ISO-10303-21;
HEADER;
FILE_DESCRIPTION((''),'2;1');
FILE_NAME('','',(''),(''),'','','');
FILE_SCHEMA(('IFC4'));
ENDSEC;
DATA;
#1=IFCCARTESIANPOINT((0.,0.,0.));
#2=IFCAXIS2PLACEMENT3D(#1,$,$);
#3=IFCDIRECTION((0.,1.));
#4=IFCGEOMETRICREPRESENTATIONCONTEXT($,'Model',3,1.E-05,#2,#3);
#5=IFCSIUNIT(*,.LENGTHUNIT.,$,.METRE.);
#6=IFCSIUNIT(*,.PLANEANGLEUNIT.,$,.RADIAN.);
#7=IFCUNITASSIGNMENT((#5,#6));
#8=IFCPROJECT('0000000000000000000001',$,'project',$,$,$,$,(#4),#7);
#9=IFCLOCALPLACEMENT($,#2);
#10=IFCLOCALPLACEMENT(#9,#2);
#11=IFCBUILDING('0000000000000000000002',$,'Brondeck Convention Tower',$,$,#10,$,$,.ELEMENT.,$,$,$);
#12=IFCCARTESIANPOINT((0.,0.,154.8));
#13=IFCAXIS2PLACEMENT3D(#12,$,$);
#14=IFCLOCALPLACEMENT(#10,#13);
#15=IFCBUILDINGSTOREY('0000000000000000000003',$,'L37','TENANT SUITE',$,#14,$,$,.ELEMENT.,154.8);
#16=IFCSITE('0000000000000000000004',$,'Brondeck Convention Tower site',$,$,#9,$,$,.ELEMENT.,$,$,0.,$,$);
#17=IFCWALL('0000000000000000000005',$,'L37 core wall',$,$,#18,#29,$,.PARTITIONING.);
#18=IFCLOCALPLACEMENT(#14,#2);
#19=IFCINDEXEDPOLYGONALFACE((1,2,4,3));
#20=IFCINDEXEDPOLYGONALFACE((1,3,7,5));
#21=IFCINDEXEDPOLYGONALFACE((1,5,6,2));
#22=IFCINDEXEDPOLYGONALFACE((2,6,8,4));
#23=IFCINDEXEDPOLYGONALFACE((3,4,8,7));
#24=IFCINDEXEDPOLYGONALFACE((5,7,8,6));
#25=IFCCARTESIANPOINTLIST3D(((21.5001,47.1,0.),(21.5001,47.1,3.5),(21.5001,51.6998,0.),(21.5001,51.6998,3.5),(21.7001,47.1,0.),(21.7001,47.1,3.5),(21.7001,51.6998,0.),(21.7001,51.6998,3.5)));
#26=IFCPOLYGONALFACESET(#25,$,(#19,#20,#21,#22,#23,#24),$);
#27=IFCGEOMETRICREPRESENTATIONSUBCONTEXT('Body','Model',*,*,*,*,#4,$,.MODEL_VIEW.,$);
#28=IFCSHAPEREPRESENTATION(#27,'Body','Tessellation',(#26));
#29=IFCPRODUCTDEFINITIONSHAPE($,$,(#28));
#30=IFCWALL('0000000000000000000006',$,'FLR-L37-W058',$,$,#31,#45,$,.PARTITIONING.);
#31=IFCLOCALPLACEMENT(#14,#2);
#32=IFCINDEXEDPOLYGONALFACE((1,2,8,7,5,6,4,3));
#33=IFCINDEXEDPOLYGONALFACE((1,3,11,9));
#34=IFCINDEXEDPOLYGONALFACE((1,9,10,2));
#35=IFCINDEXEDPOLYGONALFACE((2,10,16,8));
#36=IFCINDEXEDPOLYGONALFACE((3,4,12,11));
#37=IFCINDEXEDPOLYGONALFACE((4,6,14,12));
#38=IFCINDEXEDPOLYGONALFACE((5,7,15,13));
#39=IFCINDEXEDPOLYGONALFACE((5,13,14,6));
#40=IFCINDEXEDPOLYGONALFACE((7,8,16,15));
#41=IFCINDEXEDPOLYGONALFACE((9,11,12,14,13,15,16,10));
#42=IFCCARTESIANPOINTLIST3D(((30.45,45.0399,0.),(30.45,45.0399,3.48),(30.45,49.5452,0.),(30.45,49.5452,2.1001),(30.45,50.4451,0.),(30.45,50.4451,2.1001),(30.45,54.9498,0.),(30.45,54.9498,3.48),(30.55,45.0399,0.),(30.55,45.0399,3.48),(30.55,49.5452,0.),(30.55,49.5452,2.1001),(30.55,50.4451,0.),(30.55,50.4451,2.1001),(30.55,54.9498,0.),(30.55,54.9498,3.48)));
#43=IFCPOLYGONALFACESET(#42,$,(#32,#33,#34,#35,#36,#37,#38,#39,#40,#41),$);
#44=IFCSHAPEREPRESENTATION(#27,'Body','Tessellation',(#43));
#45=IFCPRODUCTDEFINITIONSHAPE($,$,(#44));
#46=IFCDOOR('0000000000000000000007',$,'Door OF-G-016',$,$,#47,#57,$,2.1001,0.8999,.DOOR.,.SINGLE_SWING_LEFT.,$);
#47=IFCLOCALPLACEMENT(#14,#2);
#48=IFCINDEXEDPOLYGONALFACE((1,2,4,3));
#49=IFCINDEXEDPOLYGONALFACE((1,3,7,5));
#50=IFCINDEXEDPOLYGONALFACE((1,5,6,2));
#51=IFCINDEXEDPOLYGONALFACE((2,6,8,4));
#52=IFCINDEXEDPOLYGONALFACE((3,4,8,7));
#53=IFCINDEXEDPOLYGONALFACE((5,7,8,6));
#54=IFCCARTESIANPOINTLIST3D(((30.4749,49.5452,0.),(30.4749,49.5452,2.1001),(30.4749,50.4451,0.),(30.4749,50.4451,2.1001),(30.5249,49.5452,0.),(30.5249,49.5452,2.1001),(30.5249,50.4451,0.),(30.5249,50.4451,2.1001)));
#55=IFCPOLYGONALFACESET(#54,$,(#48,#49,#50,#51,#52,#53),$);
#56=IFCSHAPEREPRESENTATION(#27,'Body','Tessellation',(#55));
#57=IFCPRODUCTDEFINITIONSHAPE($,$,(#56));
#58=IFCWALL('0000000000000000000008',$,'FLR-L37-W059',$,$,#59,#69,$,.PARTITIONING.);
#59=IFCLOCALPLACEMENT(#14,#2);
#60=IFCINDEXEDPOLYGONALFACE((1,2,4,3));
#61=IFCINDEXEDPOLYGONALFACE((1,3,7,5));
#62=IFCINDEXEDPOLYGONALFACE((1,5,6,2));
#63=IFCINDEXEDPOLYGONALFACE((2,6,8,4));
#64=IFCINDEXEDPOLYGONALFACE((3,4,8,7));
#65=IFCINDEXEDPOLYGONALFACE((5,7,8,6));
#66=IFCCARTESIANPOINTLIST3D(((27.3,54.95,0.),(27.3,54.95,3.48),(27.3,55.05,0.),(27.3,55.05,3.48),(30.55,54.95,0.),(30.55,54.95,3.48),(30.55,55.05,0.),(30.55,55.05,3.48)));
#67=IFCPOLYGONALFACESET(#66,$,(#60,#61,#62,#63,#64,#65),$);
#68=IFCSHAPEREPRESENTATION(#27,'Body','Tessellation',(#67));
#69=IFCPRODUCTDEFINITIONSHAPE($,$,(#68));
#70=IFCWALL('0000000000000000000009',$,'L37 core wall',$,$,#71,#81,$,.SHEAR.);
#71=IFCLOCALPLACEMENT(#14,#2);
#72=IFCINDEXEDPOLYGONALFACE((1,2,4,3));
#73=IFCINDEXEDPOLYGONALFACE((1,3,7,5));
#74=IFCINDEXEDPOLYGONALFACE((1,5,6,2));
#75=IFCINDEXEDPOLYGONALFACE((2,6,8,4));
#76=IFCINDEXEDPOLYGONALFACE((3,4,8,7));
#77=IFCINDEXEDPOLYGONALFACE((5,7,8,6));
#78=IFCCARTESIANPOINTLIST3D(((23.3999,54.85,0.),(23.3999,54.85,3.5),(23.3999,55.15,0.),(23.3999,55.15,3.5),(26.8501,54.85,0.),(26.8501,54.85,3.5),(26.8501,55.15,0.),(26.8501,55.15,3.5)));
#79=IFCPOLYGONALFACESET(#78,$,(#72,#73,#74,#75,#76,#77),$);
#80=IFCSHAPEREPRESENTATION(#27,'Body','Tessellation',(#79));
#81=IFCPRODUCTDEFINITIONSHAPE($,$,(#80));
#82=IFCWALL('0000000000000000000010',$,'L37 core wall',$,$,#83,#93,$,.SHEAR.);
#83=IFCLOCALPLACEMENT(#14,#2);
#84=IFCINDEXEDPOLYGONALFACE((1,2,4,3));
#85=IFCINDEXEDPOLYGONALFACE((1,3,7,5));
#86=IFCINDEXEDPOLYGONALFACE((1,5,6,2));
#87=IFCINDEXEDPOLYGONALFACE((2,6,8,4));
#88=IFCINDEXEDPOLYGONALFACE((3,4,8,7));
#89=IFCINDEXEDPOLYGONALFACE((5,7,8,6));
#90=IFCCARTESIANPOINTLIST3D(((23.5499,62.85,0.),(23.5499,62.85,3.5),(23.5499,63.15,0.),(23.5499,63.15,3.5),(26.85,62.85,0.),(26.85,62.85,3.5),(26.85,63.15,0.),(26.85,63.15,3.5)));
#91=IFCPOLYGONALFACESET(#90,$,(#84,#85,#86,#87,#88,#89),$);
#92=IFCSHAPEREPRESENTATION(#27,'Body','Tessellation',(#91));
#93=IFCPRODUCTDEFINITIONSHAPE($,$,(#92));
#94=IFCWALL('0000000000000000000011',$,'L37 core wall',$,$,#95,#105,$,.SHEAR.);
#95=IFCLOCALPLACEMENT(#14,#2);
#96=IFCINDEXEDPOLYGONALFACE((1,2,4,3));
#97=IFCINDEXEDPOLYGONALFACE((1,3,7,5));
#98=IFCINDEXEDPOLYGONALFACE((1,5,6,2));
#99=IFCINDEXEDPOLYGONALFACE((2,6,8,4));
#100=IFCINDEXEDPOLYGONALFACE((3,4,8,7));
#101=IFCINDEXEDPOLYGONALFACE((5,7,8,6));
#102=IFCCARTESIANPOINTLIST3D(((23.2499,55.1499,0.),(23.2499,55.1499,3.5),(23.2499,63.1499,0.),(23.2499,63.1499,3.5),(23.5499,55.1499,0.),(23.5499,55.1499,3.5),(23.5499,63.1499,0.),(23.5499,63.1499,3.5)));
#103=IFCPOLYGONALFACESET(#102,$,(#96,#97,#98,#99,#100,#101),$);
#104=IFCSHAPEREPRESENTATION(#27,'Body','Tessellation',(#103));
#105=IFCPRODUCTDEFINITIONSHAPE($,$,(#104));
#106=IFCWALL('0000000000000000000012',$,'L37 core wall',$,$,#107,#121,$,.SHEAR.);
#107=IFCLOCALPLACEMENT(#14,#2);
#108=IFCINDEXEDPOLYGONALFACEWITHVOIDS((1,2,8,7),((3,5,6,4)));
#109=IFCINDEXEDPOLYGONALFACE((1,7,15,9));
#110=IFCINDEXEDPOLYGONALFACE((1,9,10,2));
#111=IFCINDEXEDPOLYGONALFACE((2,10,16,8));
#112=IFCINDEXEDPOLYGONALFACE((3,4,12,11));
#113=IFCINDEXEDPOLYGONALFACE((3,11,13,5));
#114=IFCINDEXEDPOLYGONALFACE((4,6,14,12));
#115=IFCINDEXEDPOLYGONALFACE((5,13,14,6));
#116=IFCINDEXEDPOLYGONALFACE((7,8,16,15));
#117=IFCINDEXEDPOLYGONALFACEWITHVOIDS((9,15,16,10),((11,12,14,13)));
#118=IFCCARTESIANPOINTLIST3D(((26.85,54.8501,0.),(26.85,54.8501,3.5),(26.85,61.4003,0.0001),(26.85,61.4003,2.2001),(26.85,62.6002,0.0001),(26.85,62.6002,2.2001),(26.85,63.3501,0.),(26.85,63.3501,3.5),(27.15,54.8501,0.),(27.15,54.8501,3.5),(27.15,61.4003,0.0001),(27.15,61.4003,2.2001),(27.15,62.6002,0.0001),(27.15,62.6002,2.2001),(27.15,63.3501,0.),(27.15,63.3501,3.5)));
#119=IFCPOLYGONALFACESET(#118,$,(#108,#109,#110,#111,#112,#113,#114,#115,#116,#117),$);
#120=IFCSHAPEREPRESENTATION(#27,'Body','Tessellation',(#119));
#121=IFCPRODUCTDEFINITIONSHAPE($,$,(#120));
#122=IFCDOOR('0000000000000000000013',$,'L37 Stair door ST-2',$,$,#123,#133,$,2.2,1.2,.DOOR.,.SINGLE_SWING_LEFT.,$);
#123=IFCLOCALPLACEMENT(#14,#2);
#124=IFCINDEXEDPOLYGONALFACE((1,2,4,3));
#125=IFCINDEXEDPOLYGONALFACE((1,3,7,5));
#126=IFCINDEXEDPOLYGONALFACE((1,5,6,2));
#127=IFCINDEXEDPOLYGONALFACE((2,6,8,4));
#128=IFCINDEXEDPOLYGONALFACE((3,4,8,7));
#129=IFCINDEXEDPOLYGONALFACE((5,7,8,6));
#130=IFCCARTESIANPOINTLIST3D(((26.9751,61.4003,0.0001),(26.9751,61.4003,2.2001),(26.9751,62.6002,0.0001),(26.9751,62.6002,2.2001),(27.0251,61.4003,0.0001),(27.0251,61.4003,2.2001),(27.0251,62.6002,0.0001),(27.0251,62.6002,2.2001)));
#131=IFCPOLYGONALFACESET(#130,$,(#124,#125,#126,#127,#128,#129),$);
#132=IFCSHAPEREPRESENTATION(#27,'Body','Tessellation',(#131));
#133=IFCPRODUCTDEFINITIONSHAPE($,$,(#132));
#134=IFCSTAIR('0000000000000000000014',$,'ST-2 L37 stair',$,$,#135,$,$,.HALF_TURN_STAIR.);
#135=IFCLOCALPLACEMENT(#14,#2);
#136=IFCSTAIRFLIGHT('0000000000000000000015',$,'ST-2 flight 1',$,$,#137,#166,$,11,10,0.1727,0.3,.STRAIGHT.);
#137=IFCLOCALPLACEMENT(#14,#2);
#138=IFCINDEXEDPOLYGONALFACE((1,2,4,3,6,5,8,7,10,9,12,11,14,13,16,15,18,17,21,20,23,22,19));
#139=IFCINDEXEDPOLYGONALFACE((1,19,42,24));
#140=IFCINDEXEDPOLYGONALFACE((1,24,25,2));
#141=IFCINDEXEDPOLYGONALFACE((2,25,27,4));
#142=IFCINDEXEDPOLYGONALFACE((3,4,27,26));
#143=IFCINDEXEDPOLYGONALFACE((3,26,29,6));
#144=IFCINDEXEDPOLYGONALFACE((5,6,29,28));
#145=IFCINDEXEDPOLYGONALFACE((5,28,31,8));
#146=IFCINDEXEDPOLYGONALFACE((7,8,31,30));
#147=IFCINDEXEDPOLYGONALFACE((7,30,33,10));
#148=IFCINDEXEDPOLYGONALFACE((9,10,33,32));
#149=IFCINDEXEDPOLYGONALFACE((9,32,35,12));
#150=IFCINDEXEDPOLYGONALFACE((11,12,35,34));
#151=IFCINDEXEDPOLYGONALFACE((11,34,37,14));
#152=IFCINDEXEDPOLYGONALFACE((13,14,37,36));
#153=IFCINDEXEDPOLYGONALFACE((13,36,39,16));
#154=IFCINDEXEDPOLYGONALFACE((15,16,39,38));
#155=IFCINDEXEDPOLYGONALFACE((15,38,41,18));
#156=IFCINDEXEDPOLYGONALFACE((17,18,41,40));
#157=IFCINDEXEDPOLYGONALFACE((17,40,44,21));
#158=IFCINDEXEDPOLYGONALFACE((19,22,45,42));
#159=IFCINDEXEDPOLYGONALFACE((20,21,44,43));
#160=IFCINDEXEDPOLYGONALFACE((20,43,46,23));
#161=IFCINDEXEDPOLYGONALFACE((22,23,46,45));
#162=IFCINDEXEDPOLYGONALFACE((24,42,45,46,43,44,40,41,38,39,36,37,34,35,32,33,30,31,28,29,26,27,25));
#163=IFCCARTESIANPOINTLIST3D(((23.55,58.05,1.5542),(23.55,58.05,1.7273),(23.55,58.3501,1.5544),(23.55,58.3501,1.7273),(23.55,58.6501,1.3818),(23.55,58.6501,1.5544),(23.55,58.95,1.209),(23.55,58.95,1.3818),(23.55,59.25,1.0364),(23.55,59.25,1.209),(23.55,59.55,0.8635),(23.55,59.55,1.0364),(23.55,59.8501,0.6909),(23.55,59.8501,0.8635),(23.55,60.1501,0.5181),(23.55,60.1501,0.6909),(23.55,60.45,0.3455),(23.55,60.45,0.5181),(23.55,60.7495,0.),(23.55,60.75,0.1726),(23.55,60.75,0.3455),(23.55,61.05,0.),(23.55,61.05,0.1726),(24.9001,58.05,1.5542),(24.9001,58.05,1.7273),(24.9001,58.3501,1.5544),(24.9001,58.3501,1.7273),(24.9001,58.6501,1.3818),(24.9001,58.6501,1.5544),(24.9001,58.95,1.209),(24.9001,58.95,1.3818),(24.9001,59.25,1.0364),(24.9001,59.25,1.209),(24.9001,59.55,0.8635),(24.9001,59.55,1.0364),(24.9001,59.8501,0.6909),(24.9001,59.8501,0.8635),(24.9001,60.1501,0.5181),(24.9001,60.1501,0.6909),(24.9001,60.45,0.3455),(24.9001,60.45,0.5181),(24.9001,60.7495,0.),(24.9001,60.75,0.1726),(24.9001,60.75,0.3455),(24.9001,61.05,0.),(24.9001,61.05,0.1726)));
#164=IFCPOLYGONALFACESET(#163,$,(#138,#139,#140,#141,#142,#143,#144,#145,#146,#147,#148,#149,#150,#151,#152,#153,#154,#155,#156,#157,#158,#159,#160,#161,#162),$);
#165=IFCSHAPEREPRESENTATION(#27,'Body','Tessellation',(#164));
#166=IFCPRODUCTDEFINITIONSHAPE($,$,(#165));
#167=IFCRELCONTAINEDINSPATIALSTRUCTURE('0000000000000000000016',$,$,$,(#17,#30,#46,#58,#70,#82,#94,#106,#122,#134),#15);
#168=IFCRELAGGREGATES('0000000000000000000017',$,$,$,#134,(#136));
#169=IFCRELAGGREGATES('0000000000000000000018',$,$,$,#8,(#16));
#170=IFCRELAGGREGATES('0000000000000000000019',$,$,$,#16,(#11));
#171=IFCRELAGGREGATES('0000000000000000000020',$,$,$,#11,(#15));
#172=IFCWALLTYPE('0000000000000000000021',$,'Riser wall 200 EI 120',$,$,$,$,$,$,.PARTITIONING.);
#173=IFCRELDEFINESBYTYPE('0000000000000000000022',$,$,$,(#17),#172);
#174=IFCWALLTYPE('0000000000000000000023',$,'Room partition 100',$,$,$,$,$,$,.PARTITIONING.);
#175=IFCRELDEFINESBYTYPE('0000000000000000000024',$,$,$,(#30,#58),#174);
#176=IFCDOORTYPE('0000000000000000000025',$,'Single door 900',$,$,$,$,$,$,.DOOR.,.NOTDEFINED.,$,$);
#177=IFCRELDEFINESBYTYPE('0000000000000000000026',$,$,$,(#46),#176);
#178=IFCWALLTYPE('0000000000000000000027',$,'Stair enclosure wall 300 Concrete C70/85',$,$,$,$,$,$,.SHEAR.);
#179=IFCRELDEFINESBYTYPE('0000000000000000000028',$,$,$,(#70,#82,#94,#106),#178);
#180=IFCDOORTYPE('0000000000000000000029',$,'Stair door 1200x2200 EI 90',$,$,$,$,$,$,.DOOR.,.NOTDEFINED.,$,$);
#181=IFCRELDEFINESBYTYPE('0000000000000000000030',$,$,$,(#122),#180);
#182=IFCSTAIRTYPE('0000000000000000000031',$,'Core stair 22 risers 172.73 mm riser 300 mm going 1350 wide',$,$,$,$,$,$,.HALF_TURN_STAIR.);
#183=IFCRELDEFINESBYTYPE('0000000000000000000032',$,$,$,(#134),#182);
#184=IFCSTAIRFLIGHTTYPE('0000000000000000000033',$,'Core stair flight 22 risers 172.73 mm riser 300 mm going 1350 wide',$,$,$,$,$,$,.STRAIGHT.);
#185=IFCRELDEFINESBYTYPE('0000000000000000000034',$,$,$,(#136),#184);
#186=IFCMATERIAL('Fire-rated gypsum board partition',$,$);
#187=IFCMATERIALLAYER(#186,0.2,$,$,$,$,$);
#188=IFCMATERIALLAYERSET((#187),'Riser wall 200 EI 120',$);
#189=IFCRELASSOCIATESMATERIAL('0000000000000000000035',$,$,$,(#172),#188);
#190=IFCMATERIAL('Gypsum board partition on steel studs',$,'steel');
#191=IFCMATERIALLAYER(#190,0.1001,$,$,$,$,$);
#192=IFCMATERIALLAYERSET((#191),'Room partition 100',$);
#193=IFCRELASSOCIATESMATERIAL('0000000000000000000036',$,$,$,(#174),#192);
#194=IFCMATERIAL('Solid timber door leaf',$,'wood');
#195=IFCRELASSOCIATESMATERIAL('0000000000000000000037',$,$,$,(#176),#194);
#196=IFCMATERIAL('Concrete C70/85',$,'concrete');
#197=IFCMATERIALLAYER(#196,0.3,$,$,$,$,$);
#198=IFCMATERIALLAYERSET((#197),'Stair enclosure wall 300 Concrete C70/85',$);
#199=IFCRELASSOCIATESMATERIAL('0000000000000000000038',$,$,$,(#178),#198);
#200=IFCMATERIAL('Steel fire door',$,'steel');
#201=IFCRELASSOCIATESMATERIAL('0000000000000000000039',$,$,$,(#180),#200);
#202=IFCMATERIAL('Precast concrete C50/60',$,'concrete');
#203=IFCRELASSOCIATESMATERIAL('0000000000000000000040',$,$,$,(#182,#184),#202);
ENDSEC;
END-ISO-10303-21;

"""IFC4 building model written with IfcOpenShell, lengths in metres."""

from ifc_helpers import new_model, si_unit, direction, frame, frame_2d, origin, place, context, subcontext, project, spatial, polyline, rectangle, outline, extrude, material, layer, layer_set, type_object, element, fill, aggregate, save


model = new_model("IFC4")

# Units and contexts
model_context = context("Model", 3, precision=1e-05, world=origin(), true_north=direction((0.0, 1.0)))
body_context = subcontext(model_context, "Body", "Model", "MODEL_VIEW")
ifc_project = project(units=[si_unit("LENGTHUNIT", "METRE"), si_unit("PLANEANGLEUNIT", "RADIAN")], contexts=[model_context])

# Site, building, storey
site_placement = place(None, origin())
site = spatial("IfcSite", under=ifc_project, at=site_placement, Name="Brondeck Convention Tower site", CompositionType="ELEMENT", RefElevation=0.0)
building_placement = place(site_placement, origin())
building = spatial("IfcBuilding", under=site, at=building_placement, Name="Brondeck Convention Tower", CompositionType="ELEMENT")
storey_placement = place(building_placement, frame((0.0, 0.0, 154.8)))
storey = spatial("IfcBuildingStorey", under=building, at=storey_placement, Name="L37", Description="TENANT SUITE", CompositionType="ELEMENT", Elevation=154.8)

# Shared definitions
ifc_material_1 = material(Name="Concrete C70/85", Category="concrete")

# Shared definitions
ifc_material_2 = material(Name="Fire-rated gypsum board partition")
ifc_layer_1 = layer(ifc_material_2, 0.2)
ifc_layer_set_1 = layer_set([ifc_layer_1], Name="Riser wall 200 EI 120")
wall_type_1 = type_object("IfcWallType", Name="Riser wall 200 EI 120", PredefinedType="PARTITIONING", material=ifc_layer_set_1)
ifc_material_3 = material(Name="Steel fire door", Category="steel")

# Wall
wall_1_placement = place(storey_placement, frame((21.6001, 47.1001, 0.0), z_axis=(0.0, 0.0, 1.0), x_axis=(0.0, 1.0, 0.0)))
element("IfcWall", 1, at=wall_1_placement, inside=storey, type_object=wall_type_1, Name="L37 core wall", PredefinedType="PARTITIONING", context=body_context, shape_type="SweptSolid", body=[
    extrude(rectangle(XDim=4.5999, YDim=0.2, at=frame_2d((2.2998, 0.0))), origin(), (0.0, 0.0, 1.0), 3.5),
])

# Wall, opening, door
ifc_material_4 = material(Name="Gypsum board partition on steel studs", Category="steel")
ifc_layer_2 = layer(ifc_material_4, 0.1001)
ifc_layer_set_2 = layer_set([ifc_layer_2], Name="Room partition 100")
wall_type_2 = type_object("IfcWallType", Name="Room partition 100", PredefinedType="PARTITIONING", material=ifc_layer_set_2)
wall_2_placement = place(storey_placement, frame((30.5, 54.95, 0.0), z_axis=(0.0, 0.0, 1.0), x_axis=(0.0, -1.0, 0.0)))
wall_2 = element("IfcWall", 2, at=wall_2_placement, inside=storey, type_object=wall_type_2, Name="FLR-L37-W058", PredefinedType="PARTITIONING", context=body_context, shape_type="SweptSolid", body=[
    extrude(rectangle(XDim=9.9099, YDim=0.1001, at=frame_2d((4.9551, 0.0))), origin(), (0.0, 0.0, 1.0), 3.48),
])
opening_1_placement = place(wall_2_placement, frame((4.5049, 0.0, 0.0)))
opening_1 = element("IfcOpeningElement", 3, at=opening_1_placement, cuts=wall_2, PredefinedType="OPENING", context=body_context, shape_type="SweptSolid", body=[
    extrude(rectangle(XDim=0.8999, YDim=2.1001, at=frame_2d((0.45, 1.05))), frame((0.0, 0.0601, 0.0), z_axis=(0.0, -1.0, 0.0), x_axis=(1.0, 0.0, 0.0)), (0.0, 0.0, 1.0), 0.1201),
])
ifc_material_5 = material(Name="Solid timber door leaf", Category="wood")
door_type_1 = type_object("IfcDoorType", Name="Single door 900", OperationType="NOTDEFINED", PredefinedType="DOOR", material=ifc_material_5)
door_1_placement = place(opening_1_placement, origin())
door_1 = element("IfcDoor", 4, at=door_1_placement, inside=storey, type_object=door_type_1, Name="Door OF-G-016", OperationType="SINGLE_SWING_LEFT", OverallHeight=2.1001, OverallWidth=0.8999, PredefinedType="DOOR", context=body_context, shape_type="SweptSolid", body=[
    extrude(rectangle(XDim=0.8999, YDim=2.1001, at=frame_2d((0.45, 1.05))), frame((0.0, 0.0249, 0.0), z_axis=(0.0, -1.0, 0.0), x_axis=(1.0, 0.0, 0.0)), (0.0, 0.0, 1.0), 0.05),
])
fill(opening_1, door_1)

# Walls
wall_3_placement = place(storey_placement, frame((27.3, 55.0, 0.0), z_axis=(0.0, 0.0, 1.0), x_axis=(1.0, 0.0, 0.0)))
element("IfcWall", 5, at=wall_3_placement, inside=storey, type_object=wall_type_2, Name="FLR-L37-W059", PredefinedType="PARTITIONING", context=body_context, shape_type="SweptSolid", body=[
    extrude(rectangle(XDim=3.25, YDim=0.1001, at=frame_2d((1.625, 0.0))), origin(), (0.0, 0.0, 1.0), 3.48),
])
ifc_layer_3 = layer(ifc_material_1, 0.3)
ifc_layer_set_3 = layer_set([ifc_layer_3], Name="Stair enclosure wall 300 Concrete C70/85")
wall_type_3 = type_object("IfcWallType", Name="Stair enclosure wall 300 Concrete C70/85", PredefinedType="SHEAR", material=ifc_layer_set_3)
wall_4_placement = place(storey_placement, frame((23.3999, 55.0, 0.0), z_axis=(0.0, 0.0, 1.0), x_axis=(1.0, 0.0, 0.0)))
element("IfcWall", 6, at=wall_4_placement, inside=storey, type_object=wall_type_3, Name="L37 core wall", PredefinedType="SHEAR", context=body_context, shape_type="SweptSolid", body=[
    extrude(rectangle(XDim=3.4502, YDim=0.3, at=frame_2d((1.7251, 0.0))), origin(), (0.0, 0.0, 1.0), 3.5),
])
wall_5_placement = place(storey_placement, frame((23.55, 63.0, 0.0), z_axis=(0.0, 0.0, 1.0), x_axis=(1.0, 0.0, 0.0)))
element("IfcWall", 7, at=wall_5_placement, inside=storey, type_object=wall_type_3, Name="L37 core wall", PredefinedType="SHEAR", context=body_context, shape_type="SweptSolid", body=[
    extrude(rectangle(XDim=3.3, YDim=0.3, at=frame_2d((1.6499, 0.0))), origin(), (0.0, 0.0, 1.0), 3.5),
])
wall_6_placement = place(storey_placement, frame((23.3999, 55.1499, 0.0), z_axis=(0.0, 0.0, 1.0), x_axis=(0.0, 1.0, 0.0)))
element("IfcWall", 8, at=wall_6_placement, inside=storey, type_object=wall_type_3, Name="L37 core wall", PredefinedType="SHEAR", context=body_context, shape_type="SweptSolid", body=[
    extrude(rectangle(XDim=8.0, YDim=0.3, at=frame_2d((4.0, 0.0))), origin(), (0.0, 0.0, 1.0), 3.5),
])

# Wall, opening, door
wall_7_placement = place(storey_placement, frame((27.0, 54.8501, 0.0), z_axis=(0.0, 0.0, 1.0), x_axis=(0.0, 1.0, 0.0)))
wall_7 = element("IfcWall", 9, at=wall_7_placement, inside=storey, type_object=wall_type_3, Name="L37 core wall", PredefinedType="SHEAR", context=body_context, shape_type="SweptSolid", body=[
    extrude(rectangle(XDim=8.5, YDim=0.3, at=frame_2d((4.25, 0.0))), origin(), (0.0, 0.0, 1.0), 3.5),
])
opening_2_placement = place(wall_7_placement, frame((6.55, 0.0, 0.0)))
opening_2 = element("IfcOpeningElement", 10, at=opening_2_placement, cuts=wall_7, PredefinedType="OPENING", context=body_context, shape_type="SweptSolid", body=[
    extrude(rectangle(XDim=1.2, YDim=2.2, at=frame_2d((0.6001, 1.1001))), frame((0.0, 0.1599, 0.0), z_axis=(0.0, -1.0, 0.0), x_axis=(1.0, 0.0, 0.0)), (0.0, 0.0, 1.0), 0.3201),
])
door_type_2 = type_object("IfcDoorType", Name="Stair door 1200x2200 EI 90", OperationType="NOTDEFINED", PredefinedType="DOOR", material=ifc_material_3)
door_2_placement = place(opening_2_placement, origin())
door_2 = element("IfcDoor", 11, at=door_2_placement, inside=storey, type_object=door_type_2, Name="L37 Stair door ST-2", OperationType="SINGLE_SWING_LEFT", OverallHeight=2.2, OverallWidth=1.2, PredefinedType="DOOR", context=body_context, shape_type="SweptSolid", body=[
    extrude(rectangle(XDim=1.2, YDim=2.2, at=frame_2d((0.6001, 1.1001))), frame((0.0, 0.0249, 0.0), z_axis=(0.0, -1.0, 0.0), x_axis=(1.0, 0.0, 0.0)), (0.0, 0.0, 1.0), 0.05),
])
fill(opening_2, door_2)

# Stair, stair flight
ifc_material_6 = material(Name="Precast concrete C50/60", Category="concrete")
stair_type = type_object("IfcStairType", Name="Core stair 22 risers 172.73 mm riser 300 mm going 1350 wide", PredefinedType="HALF_TURN_STAIR", material=ifc_material_6)
stair_placement = place(storey_placement, origin())
stair = element("IfcStair", 12, at=stair_placement, inside=storey, type_object=stair_type, Name="ST-2 L37 stair", PredefinedType="HALF_TURN_STAIR")
stair_flight_type = type_object("IfcStairFlightType", Name="Core stair flight 22 risers 172.73 mm riser 300 mm going 1350 wide", PredefinedType="STRAIGHT", material=ifc_material_6)
stair_flight_1_placement = place(storey_placement, frame((24.2251, 61.05, 0.0), z_axis=(0.0, 0.0, 1.0), x_axis=(0.0, -1.0, 0.0)))
stair_flight_1 = element("IfcStairFlight", 13, at=stair_flight_1_placement, type_object=stair_flight_type, Name="ST-2 flight 1", NumberOfRisers=11, NumberOfTreads=10, PredefinedType="STRAIGHT", RiserHeight=0.1727, TreadLength=0.3, context=body_context, shape_type="SweptSolid", body=[
    extrude(outline(polyline([(0.0, 0.0), (0.0, 0.1726), (0.3, 0.1726), (0.3, 0.3455), (0.6001, 0.3455), (0.6001, 0.5181), (0.8999, 0.5181), (0.8999, 0.6909), (1.2, 0.6909), (1.2, 0.8635), (1.5, 0.8635), (1.5, 1.0364), (1.8, 1.0364), (1.8, 1.209), (2.1001, 1.209), (2.1001, 1.3818), (2.3999, 1.3818), (2.3999, 1.5544), (2.7, 1.5544), (2.7, 1.7273), (3.0, 1.7273), (3.0, 1.8999), (3.0, 1.5542), (0.3005, 0.0), (0.0, 0.0)])), frame((0.0, 0.675, 0.0), z_axis=(0.0, -1.0, 0.0), x_axis=(1.0, 0.0, 0.0)), (0.0, 0.0, 1.0), 1.3501),
])
aggregate(stair, [stair_flight_1])

save(model, "model.ifc")
